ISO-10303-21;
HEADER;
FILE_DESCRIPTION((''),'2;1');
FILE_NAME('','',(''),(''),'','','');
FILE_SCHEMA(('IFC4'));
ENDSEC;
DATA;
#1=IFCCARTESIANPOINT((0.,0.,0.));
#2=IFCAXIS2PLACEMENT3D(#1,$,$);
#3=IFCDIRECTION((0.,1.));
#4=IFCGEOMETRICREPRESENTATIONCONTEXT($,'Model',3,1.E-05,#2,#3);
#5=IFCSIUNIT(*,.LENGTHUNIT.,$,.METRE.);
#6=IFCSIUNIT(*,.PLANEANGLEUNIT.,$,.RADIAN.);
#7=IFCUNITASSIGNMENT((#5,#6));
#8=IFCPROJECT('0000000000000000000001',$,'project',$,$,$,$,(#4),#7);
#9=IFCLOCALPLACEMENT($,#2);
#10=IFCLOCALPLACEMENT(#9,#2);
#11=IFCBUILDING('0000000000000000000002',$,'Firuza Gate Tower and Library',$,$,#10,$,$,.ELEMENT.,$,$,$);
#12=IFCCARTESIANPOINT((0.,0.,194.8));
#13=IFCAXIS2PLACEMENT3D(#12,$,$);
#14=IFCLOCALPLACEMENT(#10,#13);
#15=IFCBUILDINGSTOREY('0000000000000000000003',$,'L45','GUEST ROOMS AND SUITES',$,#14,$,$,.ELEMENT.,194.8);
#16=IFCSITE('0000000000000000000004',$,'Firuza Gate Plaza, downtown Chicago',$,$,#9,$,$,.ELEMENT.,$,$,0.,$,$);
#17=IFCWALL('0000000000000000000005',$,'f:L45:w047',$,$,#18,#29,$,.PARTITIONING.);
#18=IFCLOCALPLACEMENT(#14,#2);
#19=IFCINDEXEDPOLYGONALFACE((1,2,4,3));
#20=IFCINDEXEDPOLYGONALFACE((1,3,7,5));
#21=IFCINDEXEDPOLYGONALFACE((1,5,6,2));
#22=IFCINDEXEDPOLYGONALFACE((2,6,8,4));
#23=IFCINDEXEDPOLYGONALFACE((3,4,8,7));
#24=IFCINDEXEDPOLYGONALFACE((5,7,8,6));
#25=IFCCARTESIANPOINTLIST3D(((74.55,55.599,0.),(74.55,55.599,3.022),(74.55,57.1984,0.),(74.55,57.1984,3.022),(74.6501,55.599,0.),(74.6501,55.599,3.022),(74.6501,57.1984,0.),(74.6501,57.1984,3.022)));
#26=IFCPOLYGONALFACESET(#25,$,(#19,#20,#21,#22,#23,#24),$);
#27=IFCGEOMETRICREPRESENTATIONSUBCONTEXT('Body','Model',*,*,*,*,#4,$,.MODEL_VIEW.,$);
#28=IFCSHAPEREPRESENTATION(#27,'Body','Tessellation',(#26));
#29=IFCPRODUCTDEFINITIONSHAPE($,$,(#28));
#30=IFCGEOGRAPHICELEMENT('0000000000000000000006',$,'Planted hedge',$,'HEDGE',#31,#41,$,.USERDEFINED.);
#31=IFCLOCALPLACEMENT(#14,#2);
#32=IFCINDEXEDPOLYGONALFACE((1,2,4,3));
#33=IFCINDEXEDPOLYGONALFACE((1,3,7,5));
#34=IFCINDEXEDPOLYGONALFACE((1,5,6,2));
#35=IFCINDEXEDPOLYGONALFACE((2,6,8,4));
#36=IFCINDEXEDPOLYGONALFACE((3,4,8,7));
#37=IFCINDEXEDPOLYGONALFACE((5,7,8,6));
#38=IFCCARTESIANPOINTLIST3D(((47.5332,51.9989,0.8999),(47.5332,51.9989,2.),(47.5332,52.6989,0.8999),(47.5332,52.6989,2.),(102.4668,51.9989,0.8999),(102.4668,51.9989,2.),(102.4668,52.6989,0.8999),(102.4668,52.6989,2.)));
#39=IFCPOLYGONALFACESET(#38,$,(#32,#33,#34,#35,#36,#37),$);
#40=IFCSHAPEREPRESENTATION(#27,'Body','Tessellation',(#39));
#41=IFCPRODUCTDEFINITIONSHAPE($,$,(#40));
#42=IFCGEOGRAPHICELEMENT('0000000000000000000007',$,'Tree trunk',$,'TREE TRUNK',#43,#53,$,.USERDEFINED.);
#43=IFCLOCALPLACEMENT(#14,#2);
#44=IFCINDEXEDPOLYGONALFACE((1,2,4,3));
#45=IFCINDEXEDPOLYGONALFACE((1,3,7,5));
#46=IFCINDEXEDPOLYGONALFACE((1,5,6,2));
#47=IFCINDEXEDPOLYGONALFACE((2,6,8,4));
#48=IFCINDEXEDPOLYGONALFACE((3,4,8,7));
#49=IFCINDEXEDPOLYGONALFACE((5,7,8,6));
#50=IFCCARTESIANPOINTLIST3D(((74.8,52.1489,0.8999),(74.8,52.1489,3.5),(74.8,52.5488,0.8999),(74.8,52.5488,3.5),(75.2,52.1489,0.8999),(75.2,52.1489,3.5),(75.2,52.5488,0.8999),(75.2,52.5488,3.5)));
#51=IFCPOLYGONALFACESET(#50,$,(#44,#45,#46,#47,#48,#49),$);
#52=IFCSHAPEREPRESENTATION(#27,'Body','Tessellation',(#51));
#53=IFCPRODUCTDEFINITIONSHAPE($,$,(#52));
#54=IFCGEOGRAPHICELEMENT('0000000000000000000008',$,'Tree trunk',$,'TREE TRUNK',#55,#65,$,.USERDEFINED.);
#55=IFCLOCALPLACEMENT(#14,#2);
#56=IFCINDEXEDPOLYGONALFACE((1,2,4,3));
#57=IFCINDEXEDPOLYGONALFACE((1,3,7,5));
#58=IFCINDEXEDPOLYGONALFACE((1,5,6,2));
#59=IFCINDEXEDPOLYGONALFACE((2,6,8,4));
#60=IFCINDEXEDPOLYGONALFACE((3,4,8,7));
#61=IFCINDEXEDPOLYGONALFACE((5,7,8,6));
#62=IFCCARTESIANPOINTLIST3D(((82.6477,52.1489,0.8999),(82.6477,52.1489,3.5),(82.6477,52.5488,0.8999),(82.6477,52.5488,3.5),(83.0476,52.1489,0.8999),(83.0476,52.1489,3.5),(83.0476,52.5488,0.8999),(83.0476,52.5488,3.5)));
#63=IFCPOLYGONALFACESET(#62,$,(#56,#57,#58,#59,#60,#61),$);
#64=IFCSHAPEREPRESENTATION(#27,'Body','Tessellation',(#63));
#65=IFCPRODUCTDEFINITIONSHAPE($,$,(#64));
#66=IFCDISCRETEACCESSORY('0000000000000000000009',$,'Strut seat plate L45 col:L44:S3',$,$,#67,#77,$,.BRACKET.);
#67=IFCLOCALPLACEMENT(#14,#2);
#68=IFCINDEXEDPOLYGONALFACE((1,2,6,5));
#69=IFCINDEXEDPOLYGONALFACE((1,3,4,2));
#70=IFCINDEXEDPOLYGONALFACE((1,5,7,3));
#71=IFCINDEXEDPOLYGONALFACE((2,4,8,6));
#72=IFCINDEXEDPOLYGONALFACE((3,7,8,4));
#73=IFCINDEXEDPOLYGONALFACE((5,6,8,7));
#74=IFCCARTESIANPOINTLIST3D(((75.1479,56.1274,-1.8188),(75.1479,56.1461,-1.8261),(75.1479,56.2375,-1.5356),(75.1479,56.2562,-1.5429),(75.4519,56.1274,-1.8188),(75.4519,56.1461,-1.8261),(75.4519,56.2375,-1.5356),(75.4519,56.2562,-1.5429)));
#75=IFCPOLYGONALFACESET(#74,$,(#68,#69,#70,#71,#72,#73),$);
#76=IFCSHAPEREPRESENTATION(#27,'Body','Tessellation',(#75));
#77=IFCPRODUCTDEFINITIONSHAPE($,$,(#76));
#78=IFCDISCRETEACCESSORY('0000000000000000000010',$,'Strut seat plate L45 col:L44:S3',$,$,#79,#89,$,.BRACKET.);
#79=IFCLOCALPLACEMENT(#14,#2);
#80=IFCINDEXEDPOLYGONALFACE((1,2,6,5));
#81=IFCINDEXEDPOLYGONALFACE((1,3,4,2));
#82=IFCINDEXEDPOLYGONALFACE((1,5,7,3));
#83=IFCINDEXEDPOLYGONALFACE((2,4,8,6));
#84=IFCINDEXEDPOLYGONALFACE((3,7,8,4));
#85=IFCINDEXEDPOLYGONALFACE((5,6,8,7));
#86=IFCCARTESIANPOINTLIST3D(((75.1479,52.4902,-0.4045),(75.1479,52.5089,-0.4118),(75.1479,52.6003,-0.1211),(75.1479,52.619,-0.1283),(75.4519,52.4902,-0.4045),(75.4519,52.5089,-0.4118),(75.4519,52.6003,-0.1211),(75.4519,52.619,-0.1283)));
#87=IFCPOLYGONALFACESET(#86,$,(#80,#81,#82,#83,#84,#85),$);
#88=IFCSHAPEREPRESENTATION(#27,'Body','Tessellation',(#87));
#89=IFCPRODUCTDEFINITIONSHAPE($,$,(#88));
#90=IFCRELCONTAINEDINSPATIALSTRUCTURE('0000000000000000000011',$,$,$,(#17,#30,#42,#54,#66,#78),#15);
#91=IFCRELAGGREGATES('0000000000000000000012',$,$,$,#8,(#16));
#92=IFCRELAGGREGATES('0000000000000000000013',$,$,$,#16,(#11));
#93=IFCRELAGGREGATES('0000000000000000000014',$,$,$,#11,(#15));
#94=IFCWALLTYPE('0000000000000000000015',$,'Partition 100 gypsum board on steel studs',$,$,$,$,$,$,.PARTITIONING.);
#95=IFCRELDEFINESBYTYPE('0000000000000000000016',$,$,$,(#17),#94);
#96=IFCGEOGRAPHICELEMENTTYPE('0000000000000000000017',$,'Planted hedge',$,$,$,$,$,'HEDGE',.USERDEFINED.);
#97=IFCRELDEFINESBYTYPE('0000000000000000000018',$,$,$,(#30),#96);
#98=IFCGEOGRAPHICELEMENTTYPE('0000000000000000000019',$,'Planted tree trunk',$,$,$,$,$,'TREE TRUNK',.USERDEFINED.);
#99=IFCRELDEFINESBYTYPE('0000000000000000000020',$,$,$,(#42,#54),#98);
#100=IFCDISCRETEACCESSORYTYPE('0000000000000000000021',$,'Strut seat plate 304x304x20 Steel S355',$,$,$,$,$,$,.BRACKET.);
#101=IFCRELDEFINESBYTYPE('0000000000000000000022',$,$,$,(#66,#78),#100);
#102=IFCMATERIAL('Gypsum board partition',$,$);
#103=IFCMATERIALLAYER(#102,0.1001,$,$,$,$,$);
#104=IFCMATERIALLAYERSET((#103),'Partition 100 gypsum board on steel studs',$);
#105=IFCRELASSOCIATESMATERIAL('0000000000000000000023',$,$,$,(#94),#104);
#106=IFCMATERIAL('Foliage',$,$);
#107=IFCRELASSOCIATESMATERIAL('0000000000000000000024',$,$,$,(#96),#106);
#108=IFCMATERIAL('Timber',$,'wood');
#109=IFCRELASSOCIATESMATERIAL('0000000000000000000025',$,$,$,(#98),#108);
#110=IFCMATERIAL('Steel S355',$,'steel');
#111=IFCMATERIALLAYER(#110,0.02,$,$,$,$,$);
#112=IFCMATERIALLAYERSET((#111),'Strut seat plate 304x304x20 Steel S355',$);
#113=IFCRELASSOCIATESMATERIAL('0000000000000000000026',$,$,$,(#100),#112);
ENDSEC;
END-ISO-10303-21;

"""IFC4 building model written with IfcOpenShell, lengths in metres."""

from ifc_helpers import new_model, si_unit, direction, frame, frame_2d, origin, origin_2d, place, context, subcontext, project, spatial, polyline, rectangle, outline, extrude, material, layer, layer_set, type_object, element, save


model = new_model("IFC4")

# Units and contexts
model_context = context("Model", 3, precision=1e-05, world=origin(), true_north=direction((0.0, 1.0)))
body_context = subcontext(model_context, "Body", "Model", "MODEL_VIEW")
ifc_project = project(units=[si_unit("LENGTHUNIT", "METRE"), si_unit("PLANEANGLEUNIT", "RADIAN")], contexts=[model_context])

# Site, building, storey
site_placement = place(None, origin())
site = spatial("IfcSite", under=ifc_project, at=site_placement, Name="Firuza Gate Plaza, downtown Chicago", CompositionType="ELEMENT", RefElevation=0.0)
building_placement = place(site_placement, origin())
building = spatial("IfcBuilding", under=site, at=building_placement, Name="Firuza Gate Tower and Library", CompositionType="ELEMENT")
storey_placement = place(building_placement, frame((0.0, 0.0, 194.8)))
storey = spatial("IfcBuildingStorey", under=building, at=storey_placement, Name="L45", Description="GUEST ROOMS AND SUITES", CompositionType="ELEMENT", Elevation=194.8)

# Wall
ifc_material_1 = material(Name="Gypsum board partition")
ifc_layer_1 = layer(ifc_material_1, 0.1001)
ifc_layer_set_1 = layer_set([ifc_layer_1], Name="Partition 100 gypsum board on steel studs")
wall_type_1 = type_object("IfcWallType", Name="Partition 100 gypsum board on steel studs", PredefinedType="PARTITIONING", material=ifc_layer_set_1)
wall_1_placement = place(storey_placement, frame((74.6001, 55.5989, 0.0), z_axis=(0.0, 0.0, 1.0), x_axis=(0.0, 1.0, 0.0)))
element("IfcWall", 1, at=wall_1_placement, inside=storey, type_object=wall_type_1, Name="f:L45:w047", PredefinedType="PARTITIONING", context=body_context, shape_type="SweptSolid", body=[
    extrude(rectangle(XDim=1.5994, YDim=0.1001, at=frame_2d((0.7998, 0.0))), origin(), (0.0, 0.0, 1.0), 3.022),
])

# Geographic elements
ifc_material_2 = material(Name="Foliage")
geographic_element_type_1 = type_object("IfcGeographicElementType", Name="Planted hedge", ElementType="HEDGE", PredefinedType="USERDEFINED", material=ifc_material_2)
placement = place(storey_placement, frame((75.0, 52.3489, 0.8999), z_axis=(0.0, 0.0, 1.0), x_axis=(1.0, 0.0, 0.0)))
element("IfcGeographicElement", 2, at=placement, inside=storey, type_object=geographic_element_type_1, Name="Planted hedge", ObjectType="HEDGE", PredefinedType="USERDEFINED", context=body_context, shape_type="SweptSolid", body=[
    extrude(rectangle(XDim=54.9336, YDim=0.7, at=origin_2d()), origin(), (0.0, 0.0, 1.0), 1.1001),
])
ifc_material_3 = material(Name="Timber", Category="wood")
geographic_element_type_2 = type_object("IfcGeographicElementType", Name="Planted tree trunk", ElementType="TREE TRUNK", PredefinedType="USERDEFINED", material=ifc_material_3)
element("IfcGeographicElement", 3, at=placement, inside=storey, type_object=geographic_element_type_2, Name="Tree trunk", ObjectType="TREE TRUNK", PredefinedType="USERDEFINED", context=body_context, shape_type="SweptSolid", body=[
    extrude(rectangle(XDim=0.3999, YDim=0.3999, at=origin_2d()), origin(), (0.0, 0.0, 1.0), 2.6001),
])
geographic_element_1_placement = place(storey_placement, frame((82.8477, 52.3489, 0.8999), z_axis=(0.0, 0.0, 1.0), x_axis=(1.0, 0.0, 0.0)))
element("IfcGeographicElement", 4, at=geographic_element_1_placement, inside=storey, type_object=geographic_element_type_2, Name="Tree trunk", ObjectType="TREE TRUNK", PredefinedType="USERDEFINED", context=body_context, shape_type="SweptSolid", body=[
    extrude(rectangle(XDim=0.3999, YDim=0.3999, at=origin_2d()), origin(), (0.0, 0.0, 1.0), 2.6001),
])

# Discrete accessories
ifc_material_4 = material(Name="Steel S355", Category="steel")
ifc_layer_2 = layer(ifc_material_4, 0.02)
ifc_layer_set_2 = layer_set([ifc_layer_2], Name="Strut seat plate 304x304x20 Steel S355")
discrete_accessory_type = type_object("IfcDiscreteAccessoryType", Name="Strut seat plate 304x304x20 Steel S355", PredefinedType="BRACKET", material=ifc_layer_set_2)
discrete_accessory_1_placement = place(storey_placement, frame((75.4519, 56.2375, -1.5356), z_axis=(0.0, -0.932035, 0.362369), x_axis=(-1.0, 0.0, 0.0)))
element("IfcDiscreteAccessory", 5, at=discrete_accessory_1_placement, inside=storey, type_object=discrete_accessory_type, Name="Strut seat plate L45 col:L44:S3", PredefinedType="BRACKET", context=body_context, shape_type="SweptSolid", body=[
    extrude(outline(polyline([(0.0, 0.0), (0.304, 0.0), (0.304, 0.3039), (0.0, 0.3039), (0.0, 0.0)])), origin(), (0.0, 0.0, -1.0), 0.02),
])
discrete_accessory_2_placement = place(storey_placement, frame((75.1479, 52.6003, -0.1211), z_axis=(0.0, -0.93214, 0.362098), x_axis=(1.0, 0.0, 0.0)))
element("IfcDiscreteAccessory", 6, at=discrete_accessory_2_placement, inside=storey, type_object=discrete_accessory_type, Name="Strut seat plate L45 col:L44:S3", PredefinedType="BRACKET", context=body_context, shape_type="SweptSolid", body=[
    extrude(outline(polyline([(0.0, 0.0), (0.304, 0.0), (0.304, -0.3041), (0.0, -0.3041), (0.0, 0.0)])), origin(), (0.0, 0.0, -1.0), 0.02),
])

save(model, "model.ifc")
